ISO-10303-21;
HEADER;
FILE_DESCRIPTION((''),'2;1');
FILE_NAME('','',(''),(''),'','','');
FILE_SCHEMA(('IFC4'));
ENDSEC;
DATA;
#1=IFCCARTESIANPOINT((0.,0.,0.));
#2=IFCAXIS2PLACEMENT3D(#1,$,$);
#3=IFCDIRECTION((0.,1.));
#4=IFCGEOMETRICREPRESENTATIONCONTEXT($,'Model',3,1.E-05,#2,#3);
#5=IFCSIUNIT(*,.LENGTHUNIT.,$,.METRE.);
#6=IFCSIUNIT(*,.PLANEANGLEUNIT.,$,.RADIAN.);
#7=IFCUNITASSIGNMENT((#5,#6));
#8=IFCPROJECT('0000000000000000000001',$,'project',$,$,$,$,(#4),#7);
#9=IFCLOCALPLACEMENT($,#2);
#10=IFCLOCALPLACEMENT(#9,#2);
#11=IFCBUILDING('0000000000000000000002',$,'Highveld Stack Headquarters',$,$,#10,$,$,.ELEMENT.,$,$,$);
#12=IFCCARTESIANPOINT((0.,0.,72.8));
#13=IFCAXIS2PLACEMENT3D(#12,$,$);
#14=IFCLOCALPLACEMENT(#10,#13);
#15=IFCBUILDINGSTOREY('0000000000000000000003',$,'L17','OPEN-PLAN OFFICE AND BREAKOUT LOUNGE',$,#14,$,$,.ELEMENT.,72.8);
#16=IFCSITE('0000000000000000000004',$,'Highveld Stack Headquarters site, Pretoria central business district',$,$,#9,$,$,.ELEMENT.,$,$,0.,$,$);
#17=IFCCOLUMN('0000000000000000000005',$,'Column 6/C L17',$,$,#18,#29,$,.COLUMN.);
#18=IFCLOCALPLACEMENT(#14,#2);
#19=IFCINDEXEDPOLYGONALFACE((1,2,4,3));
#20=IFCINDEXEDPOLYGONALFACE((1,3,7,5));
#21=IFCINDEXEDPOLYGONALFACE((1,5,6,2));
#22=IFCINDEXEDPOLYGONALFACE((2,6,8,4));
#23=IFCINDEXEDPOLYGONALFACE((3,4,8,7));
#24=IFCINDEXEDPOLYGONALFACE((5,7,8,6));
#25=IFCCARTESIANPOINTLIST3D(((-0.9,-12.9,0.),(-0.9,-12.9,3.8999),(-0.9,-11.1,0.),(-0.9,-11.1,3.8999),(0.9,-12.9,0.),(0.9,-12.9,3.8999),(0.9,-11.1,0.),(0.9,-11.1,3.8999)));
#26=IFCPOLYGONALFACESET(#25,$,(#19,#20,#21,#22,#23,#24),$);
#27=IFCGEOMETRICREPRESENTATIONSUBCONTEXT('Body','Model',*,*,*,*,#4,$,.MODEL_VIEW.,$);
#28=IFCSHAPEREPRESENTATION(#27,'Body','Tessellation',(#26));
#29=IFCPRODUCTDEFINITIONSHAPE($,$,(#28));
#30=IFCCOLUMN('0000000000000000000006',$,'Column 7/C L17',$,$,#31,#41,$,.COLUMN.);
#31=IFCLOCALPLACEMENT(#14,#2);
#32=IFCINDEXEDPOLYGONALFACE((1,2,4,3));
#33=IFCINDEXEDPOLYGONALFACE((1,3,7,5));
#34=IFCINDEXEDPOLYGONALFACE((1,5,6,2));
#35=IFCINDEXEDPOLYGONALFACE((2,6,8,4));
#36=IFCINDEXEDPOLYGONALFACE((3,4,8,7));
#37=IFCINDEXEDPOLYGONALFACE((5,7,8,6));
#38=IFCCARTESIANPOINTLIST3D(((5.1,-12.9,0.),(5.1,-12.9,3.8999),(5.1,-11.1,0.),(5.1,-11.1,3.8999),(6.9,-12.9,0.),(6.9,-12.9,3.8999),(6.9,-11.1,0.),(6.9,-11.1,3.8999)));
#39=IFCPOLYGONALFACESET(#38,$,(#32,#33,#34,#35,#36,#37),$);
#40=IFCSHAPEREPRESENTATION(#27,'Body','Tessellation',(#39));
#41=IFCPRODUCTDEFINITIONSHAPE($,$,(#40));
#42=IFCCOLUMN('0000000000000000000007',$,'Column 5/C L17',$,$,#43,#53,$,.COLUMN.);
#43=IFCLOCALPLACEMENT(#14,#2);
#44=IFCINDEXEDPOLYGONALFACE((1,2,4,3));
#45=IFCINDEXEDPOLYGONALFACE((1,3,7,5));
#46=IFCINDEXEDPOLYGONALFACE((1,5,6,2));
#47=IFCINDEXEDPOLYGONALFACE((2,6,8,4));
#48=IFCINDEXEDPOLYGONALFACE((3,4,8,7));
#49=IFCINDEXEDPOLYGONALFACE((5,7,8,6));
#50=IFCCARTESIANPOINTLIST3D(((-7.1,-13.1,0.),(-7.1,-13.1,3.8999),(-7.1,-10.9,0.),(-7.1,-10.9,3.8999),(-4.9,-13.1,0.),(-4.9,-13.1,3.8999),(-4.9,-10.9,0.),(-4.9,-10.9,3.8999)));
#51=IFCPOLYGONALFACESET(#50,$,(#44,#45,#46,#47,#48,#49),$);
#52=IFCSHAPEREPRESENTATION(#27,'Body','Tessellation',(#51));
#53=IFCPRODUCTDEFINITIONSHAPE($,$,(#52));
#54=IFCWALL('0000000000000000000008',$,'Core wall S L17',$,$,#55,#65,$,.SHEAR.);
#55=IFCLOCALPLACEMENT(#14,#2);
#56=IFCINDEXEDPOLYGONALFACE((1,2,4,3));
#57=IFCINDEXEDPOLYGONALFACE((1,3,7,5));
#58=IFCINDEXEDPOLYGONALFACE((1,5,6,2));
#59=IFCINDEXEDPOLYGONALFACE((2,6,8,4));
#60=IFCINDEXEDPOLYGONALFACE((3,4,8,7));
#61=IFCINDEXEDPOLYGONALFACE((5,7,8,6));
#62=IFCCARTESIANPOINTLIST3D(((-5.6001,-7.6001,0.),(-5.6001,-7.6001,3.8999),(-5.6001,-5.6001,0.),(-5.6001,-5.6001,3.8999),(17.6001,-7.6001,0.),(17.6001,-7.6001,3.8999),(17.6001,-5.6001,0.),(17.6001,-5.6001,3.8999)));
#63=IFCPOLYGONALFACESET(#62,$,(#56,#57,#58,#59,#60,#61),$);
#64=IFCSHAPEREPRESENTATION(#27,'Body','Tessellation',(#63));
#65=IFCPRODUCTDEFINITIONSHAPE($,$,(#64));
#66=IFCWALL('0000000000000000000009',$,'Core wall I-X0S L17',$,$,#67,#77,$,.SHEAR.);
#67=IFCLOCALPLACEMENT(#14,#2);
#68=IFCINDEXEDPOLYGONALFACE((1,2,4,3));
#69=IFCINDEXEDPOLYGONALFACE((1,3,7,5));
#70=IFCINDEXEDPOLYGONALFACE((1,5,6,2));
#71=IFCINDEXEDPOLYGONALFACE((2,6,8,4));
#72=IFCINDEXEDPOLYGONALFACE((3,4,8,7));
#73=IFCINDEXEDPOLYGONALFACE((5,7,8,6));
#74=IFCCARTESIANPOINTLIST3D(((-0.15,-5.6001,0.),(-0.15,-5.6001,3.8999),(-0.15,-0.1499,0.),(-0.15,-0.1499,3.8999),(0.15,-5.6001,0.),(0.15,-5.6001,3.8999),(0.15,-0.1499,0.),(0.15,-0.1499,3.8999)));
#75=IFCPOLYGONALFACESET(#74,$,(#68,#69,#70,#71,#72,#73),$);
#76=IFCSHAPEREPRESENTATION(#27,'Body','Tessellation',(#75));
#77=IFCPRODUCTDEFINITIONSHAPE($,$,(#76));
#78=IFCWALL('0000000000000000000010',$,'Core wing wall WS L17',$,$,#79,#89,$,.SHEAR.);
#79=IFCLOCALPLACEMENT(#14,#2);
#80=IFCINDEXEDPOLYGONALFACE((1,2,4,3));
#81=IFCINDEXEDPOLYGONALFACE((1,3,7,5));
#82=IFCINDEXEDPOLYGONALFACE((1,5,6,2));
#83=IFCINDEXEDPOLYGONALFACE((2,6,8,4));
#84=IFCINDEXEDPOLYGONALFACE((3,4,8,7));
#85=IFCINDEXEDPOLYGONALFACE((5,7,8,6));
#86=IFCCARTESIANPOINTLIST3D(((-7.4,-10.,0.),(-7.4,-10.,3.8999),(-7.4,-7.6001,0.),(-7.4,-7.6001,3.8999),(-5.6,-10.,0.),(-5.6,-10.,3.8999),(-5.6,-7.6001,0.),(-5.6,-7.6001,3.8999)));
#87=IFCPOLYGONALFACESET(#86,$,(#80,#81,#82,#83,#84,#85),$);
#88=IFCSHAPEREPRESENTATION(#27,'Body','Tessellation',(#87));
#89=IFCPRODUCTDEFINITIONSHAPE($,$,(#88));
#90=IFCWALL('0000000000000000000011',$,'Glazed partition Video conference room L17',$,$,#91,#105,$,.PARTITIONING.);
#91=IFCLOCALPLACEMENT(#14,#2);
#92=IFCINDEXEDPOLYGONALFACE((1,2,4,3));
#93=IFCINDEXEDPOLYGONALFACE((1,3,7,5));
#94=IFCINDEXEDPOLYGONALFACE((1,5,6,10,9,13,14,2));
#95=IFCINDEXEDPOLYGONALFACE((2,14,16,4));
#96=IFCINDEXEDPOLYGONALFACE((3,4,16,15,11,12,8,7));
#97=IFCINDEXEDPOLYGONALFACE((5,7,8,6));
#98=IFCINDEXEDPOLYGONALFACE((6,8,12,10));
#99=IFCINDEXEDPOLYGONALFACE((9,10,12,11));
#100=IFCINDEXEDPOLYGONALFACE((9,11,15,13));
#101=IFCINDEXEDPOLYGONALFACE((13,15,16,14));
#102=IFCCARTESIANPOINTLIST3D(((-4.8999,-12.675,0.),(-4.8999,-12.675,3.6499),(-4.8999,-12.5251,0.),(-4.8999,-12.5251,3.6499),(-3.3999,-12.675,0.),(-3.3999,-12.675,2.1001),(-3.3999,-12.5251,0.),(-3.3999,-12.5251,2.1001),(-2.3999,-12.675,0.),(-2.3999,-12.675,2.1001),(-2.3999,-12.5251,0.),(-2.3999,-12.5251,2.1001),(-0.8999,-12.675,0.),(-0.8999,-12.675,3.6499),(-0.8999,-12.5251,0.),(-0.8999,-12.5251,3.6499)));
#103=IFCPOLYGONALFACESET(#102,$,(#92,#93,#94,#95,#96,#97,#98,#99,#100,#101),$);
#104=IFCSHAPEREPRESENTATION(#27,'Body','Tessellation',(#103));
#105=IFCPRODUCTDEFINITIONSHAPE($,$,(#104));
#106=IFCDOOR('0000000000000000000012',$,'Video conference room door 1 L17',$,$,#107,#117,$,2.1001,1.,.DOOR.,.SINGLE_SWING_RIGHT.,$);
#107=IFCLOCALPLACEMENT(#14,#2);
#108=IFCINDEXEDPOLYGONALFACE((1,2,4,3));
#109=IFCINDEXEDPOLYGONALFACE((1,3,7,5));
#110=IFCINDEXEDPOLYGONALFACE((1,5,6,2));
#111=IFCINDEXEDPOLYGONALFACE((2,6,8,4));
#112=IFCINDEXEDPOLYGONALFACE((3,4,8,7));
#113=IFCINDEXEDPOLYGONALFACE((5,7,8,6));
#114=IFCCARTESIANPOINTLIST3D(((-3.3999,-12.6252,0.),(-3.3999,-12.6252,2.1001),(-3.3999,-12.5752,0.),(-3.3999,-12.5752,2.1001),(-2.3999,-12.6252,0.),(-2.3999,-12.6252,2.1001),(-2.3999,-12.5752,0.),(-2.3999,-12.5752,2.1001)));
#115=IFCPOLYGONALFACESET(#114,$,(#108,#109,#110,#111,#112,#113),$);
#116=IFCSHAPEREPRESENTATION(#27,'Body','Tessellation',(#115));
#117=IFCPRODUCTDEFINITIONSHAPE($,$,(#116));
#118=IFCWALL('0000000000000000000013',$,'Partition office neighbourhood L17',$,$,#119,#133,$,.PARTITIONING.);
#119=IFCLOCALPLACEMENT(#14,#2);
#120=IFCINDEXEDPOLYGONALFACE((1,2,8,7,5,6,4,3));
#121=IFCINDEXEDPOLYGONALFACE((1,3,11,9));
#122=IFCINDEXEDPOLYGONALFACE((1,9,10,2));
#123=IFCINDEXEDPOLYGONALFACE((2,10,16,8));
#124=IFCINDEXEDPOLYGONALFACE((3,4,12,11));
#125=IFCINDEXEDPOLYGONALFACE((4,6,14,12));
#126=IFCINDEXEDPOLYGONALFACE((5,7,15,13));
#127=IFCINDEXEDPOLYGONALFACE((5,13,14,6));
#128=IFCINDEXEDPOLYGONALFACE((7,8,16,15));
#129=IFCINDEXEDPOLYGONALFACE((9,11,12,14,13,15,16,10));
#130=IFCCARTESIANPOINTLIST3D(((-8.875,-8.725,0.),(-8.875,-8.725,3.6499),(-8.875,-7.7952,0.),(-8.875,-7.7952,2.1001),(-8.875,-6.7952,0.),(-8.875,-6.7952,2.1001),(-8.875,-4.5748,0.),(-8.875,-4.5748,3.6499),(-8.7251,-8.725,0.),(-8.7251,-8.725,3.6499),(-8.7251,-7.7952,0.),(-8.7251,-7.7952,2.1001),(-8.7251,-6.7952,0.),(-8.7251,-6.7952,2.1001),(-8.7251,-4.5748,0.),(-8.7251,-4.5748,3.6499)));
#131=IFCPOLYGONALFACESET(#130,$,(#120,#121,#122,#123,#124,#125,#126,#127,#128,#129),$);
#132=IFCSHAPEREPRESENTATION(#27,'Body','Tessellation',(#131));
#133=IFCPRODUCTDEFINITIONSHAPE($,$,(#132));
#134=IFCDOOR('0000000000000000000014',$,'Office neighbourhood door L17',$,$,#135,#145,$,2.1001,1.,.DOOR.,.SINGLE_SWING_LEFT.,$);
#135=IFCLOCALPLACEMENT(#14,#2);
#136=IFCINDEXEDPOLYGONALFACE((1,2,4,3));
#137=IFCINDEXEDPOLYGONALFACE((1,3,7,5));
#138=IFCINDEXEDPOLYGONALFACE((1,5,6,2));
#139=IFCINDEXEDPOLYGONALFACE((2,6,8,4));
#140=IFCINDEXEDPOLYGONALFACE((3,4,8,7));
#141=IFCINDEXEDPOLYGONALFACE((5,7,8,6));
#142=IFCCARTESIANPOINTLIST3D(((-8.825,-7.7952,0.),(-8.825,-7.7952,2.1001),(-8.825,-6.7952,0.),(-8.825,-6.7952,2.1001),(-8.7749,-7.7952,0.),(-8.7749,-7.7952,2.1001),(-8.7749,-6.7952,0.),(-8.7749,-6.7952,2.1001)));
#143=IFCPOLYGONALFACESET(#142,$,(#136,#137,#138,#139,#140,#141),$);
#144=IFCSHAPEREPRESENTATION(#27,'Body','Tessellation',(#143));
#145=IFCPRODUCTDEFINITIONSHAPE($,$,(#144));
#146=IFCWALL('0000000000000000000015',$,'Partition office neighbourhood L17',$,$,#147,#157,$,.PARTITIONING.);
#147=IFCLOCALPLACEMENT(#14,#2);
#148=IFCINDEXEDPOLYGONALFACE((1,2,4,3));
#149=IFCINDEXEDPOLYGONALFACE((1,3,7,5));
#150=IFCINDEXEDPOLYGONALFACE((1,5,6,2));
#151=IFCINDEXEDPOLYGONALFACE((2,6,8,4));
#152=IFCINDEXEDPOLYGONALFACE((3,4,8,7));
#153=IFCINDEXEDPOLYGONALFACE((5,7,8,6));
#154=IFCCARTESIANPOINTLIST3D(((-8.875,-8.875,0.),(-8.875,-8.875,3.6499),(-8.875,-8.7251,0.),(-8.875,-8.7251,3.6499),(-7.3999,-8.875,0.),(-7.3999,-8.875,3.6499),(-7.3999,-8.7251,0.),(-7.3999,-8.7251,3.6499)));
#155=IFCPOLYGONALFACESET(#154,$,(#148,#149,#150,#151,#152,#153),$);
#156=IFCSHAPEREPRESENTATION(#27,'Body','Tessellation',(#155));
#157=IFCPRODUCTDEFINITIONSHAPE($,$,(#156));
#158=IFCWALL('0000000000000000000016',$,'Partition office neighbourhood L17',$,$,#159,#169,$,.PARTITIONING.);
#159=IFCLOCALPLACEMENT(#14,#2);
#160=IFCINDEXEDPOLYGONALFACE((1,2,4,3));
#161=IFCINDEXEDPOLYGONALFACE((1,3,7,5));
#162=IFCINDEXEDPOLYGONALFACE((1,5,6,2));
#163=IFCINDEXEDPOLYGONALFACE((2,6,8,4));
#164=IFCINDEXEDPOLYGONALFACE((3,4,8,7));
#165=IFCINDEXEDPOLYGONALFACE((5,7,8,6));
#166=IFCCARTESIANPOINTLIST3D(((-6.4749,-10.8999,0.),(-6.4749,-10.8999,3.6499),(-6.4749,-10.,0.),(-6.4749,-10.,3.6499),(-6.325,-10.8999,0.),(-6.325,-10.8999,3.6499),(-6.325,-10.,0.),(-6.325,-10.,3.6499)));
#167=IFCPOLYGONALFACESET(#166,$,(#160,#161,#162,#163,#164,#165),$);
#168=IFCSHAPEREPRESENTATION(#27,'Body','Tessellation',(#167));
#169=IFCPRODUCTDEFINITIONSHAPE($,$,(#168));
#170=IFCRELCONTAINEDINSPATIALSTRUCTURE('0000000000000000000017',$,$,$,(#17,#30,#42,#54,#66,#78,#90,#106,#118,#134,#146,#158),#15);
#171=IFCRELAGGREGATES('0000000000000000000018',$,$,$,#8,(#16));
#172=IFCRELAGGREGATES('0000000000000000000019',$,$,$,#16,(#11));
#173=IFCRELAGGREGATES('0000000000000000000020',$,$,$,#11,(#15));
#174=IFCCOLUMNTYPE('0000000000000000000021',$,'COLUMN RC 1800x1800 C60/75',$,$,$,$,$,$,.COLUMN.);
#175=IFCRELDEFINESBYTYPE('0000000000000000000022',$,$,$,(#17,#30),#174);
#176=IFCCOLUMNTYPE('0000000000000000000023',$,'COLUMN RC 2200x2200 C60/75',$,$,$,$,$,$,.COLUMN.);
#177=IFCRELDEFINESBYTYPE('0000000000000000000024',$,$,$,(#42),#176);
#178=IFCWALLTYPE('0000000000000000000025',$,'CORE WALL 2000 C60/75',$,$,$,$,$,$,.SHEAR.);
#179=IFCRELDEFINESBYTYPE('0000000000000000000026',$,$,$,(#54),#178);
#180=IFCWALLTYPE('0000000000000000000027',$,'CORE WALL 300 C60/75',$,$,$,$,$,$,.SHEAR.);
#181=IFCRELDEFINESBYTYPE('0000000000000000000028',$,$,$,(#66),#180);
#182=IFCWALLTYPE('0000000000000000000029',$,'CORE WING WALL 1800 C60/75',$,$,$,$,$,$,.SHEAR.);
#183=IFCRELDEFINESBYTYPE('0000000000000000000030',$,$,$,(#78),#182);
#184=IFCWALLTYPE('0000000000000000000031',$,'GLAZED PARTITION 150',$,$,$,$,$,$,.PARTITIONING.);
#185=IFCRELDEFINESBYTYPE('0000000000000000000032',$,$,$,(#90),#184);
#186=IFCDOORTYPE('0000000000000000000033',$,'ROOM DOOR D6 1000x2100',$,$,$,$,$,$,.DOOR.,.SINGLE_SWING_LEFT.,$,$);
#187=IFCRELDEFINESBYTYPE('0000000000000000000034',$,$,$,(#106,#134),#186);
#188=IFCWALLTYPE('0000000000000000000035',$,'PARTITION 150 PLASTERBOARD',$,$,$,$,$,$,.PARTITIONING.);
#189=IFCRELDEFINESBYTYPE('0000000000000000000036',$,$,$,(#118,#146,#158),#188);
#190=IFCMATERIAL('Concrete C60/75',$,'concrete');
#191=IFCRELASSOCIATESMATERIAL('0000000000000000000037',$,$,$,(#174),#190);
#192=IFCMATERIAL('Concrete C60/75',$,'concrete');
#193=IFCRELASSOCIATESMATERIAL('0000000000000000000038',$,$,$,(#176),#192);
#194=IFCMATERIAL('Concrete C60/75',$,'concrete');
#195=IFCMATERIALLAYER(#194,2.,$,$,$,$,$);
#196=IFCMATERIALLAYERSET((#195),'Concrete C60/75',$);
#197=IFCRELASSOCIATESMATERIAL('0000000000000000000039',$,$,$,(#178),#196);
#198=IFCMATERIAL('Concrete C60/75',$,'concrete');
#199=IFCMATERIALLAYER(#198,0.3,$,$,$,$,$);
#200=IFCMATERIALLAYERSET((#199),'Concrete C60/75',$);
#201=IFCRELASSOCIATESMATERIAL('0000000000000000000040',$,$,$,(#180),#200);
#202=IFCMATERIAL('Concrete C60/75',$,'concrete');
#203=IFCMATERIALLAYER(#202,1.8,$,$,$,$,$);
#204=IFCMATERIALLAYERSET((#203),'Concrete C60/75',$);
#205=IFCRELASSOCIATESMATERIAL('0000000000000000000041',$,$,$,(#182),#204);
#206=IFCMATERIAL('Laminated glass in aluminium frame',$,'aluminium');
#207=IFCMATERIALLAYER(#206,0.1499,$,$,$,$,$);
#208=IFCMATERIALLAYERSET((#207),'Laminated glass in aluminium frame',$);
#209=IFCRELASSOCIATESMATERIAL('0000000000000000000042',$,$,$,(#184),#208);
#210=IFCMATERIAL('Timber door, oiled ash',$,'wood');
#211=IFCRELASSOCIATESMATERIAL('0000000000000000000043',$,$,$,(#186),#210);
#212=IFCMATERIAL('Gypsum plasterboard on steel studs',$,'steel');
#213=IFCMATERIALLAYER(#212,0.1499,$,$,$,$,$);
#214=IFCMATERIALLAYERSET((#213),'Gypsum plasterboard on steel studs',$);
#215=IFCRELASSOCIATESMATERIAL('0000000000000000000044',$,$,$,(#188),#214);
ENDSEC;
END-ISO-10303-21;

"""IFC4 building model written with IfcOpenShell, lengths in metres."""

from ifc_helpers import new_model, si_unit, direction, frame, frame_2d, origin, origin_2d, place, context, subcontext, project, spatial, rectangle, extrude, material, layer, layer_set, material_profile, profile_set, type_object, element, fill, save


model = new_model("IFC4")

# Units and contexts
model_context = context("Model", 3, precision=1e-05, world=origin(), true_north=direction((0.0, 1.0)))
body_context = subcontext(model_context, "Body", "Model", "MODEL_VIEW")
ifc_project = project(units=[si_unit("LENGTHUNIT", "METRE"), si_unit("PLANEANGLEUNIT", "RADIAN")], contexts=[model_context])

# Site, building, storey
site_placement = place(None, origin())
site = spatial("IfcSite", under=ifc_project, at=site_placement, Name="Highveld Stack Headquarters site, Pretoria central business district", CompositionType="ELEMENT", RefElevation=0.0)
building_placement = place(site_placement, origin())
building = spatial("IfcBuilding", under=site, at=building_placement, Name="Highveld Stack Headquarters", CompositionType="ELEMENT")
storey_placement = place(building_placement, frame((0.0, 0.0, 72.8)))
storey = spatial("IfcBuildingStorey", under=building, at=storey_placement, Name="L17", Description="OPEN-PLAN OFFICE AND BREAKOUT LOUNGE", CompositionType="ELEMENT", Elevation=72.8)

# Columns
ifc_material_1 = material(Name="Concrete C60/75", Category="concrete")
ifc_material_profile_1 = material_profile(ifc_material_1, rectangle(XDim=1.8, YDim=1.8, at=origin_2d()), Name="RC 1800x1800")
ifc_profile_set_1 = profile_set([ifc_material_profile_1], Name="Concrete C60/75")
column_type_1 = type_object("IfcColumnType", Name="COLUMN RC 1800x1800 C60/75", PredefinedType="COLUMN", material=ifc_profile_set_1)
for number, where, z_axis, x_axis, name in (
    (1, (0.0, -12.0, 0.0), (0.0, 0.0, 1.0), (1.0, 0.0, 0.0), "Column 6/C L17"),
    (2, (6.0, -12.0, 0.0), (0.0, 0.0, 1.0), (1.0, 0.0, 0.0), "Column 7/C L17"),
):
    element("IfcColumn", number, at=place(storey_placement, frame(where, z_axis=z_axis, x_axis=x_axis)), inside=storey, type_object=column_type_1, Name=name, PredefinedType="COLUMN", context=body_context, shape_type="SweptSolid", body=[
        extrude(rectangle(XDim=1.8, YDim=1.8, at=origin_2d()), origin(), (0.0, 0.0, 1.0), 3.8999),
    ])
ifc_material_2 = material(Name="Concrete C60/75", Category="concrete")
ifc_material_profile_2 = material_profile(ifc_material_2, rectangle(XDim=2.2, YDim=2.2, at=origin_2d()), Name="RC 2200x2200")
ifc_profile_set_2 = profile_set([ifc_material_profile_2], Name="Concrete C60/75")
column_type_2 = type_object("IfcColumnType", Name="COLUMN RC 2200x2200 C60/75", PredefinedType="COLUMN", material=ifc_profile_set_2)
column_placement = place(storey_placement, frame((-6.0, -12.0, 0.0), z_axis=(0.0, 0.0, 1.0), x_axis=(1.0, 0.0, 0.0)))
element("IfcColumn", 3, at=column_placement, inside=storey, type_object=column_type_2, Name="Column 5/C L17", PredefinedType="COLUMN", context=body_context, shape_type="SweptSolid", body=[
    extrude(rectangle(XDim=2.2, YDim=2.2, at=origin_2d()), origin(), (0.0, 0.0, 1.0), 3.8999),
])

# Walls
ifc_material_3 = material(Name="Concrete C60/75", Category="concrete")
ifc_layer_1 = layer(ifc_material_3, 2.0)
ifc_layer_set_1 = layer_set([ifc_layer_1], Name="Concrete C60/75")
wall_type_1 = type_object("IfcWallType", Name="CORE WALL 2000 C60/75", PredefinedType="SHEAR", material=ifc_layer_set_1)
wall_1_placement = place(storey_placement, frame((-5.6001, -6.6001, 0.0), z_axis=(0.0, 0.0, 1.0), x_axis=(1.0, 0.0, 0.0)))
element("IfcWall", 4, at=wall_1_placement, inside=storey, type_object=wall_type_1, Name="Core wall S L17", PredefinedType="SHEAR", context=body_context, shape_type="SweptSolid", body=[
    extrude(rectangle(XDim=23.2002, YDim=2.0, at=frame_2d((11.6001, 0.0))), origin(), (0.0, 0.0, 1.0), 3.8999),
])
ifc_material_4 = material(Name="Concrete C60/75", Category="concrete")
ifc_layer_2 = layer(ifc_material_4, 0.3)
ifc_layer_set_2 = layer_set([ifc_layer_2], Name="Concrete C60/75")
wall_type_2 = type_object("IfcWallType", Name="CORE WALL 300 C60/75", PredefinedType="SHEAR", material=ifc_layer_set_2)
wall_2_placement = place(storey_placement, frame((0.0, -5.6001, 0.0), z_axis=(0.0, 0.0, 1.0), x_axis=(0.0, 1.0, 0.0)))
element("IfcWall", 5, at=wall_2_placement, inside=storey, type_object=wall_type_2, Name="Core wall I-X0S L17", PredefinedType="SHEAR", context=body_context, shape_type="SweptSolid", body=[
    extrude(rectangle(XDim=5.4502, YDim=0.3, at=frame_2d((2.7251, 0.0))), origin(), (0.0, 0.0, 1.0), 3.8999),
])
ifc_material_5 = material(Name="Concrete C60/75", Category="concrete")
ifc_layer_3 = layer(ifc_material_5, 1.8)
ifc_layer_set_3 = layer_set([ifc_layer_3], Name="Concrete C60/75")
wall_type_3 = type_object("IfcWallType", Name="CORE WING WALL 1800 C60/75", PredefinedType="SHEAR", material=ifc_layer_set_3)
wall_3_placement = place(storey_placement, frame((-6.5, -10.0, 0.0), z_axis=(0.0, 0.0, 1.0), x_axis=(0.0, 1.0, 0.0)))
element("IfcWall", 6, at=wall_3_placement, inside=storey, type_object=wall_type_3, Name="Core wing wall WS L17", PredefinedType="SHEAR", context=body_context, shape_type="SweptSolid", body=[
    extrude(rectangle(XDim=2.3999, YDim=1.8, at=frame_2d((1.2, 0.0))), origin(), (0.0, 0.0, 1.0), 3.8999),
])

# Walls, openings, doors
ifc_material_6 = material(Name="Laminated glass in aluminium frame", Category="aluminium")
ifc_layer_4 = layer(ifc_material_6, 0.1499)
ifc_layer_set_4 = layer_set([ifc_layer_4], Name="Laminated glass in aluminium frame")
wall_type_4 = type_object("IfcWallType", Name="GLAZED PARTITION 150", PredefinedType="PARTITIONING", material=ifc_layer_set_4)
wall_4_placement = place(storey_placement, frame((-4.8999, -12.6001, 0.0), z_axis=(0.0, 0.0, 1.0), x_axis=(1.0, 0.0, 0.0)))
wall_4 = element("IfcWall", 7, at=wall_4_placement, inside=storey, type_object=wall_type_4, Name="Glazed partition Video conference room L17", PredefinedType="PARTITIONING", context=body_context, shape_type="SweptSolid", body=[
    extrude(rectangle(XDim=4.0, YDim=0.1499, at=frame_2d((2.0, 0.0))), origin(), (0.0, 0.0, 1.0), 3.6499),
])
opening_1_placement = place(wall_4_placement, frame((1.5, 0.0, 0.0)))
opening_1 = element("IfcOpeningElement", 8, at=opening_1_placement, cuts=wall_4, PredefinedType="OPENING", context=body_context, shape_type="SweptSolid", body=[
    extrude(rectangle(XDim=1.0, YDim=2.1001, at=frame_2d((0.5, 1.05))), frame((0.0, 0.085, 0.0), z_axis=(0.0, -1.0, 0.0), x_axis=(1.0, 0.0, 0.0)), (0.0, 0.0, 1.0), 0.1699),
])
ifc_material_7 = material(Name="Timber door, oiled ash", Category="wood")
door_type_1 = type_object("IfcDoorType", Name="ROOM DOOR D6 1000x2100", OperationType="SINGLE_SWING_LEFT", PredefinedType="DOOR", material=ifc_material_7)
door_1_placement = place(opening_1_placement, origin())
door_1 = element("IfcDoor", 9, at=door_1_placement, inside=storey, type_object=door_type_1, Name="Video conference room door 1 L17", OperationType="SINGLE_SWING_RIGHT", OverallHeight=2.1001, OverallWidth=1.0, PredefinedType="DOOR", context=body_context, shape_type="SweptSolid", body=[
    extrude(rectangle(XDim=1.0, YDim=2.1001, at=frame_2d((0.5, 1.05))), frame((0.0, 0.0249, 0.0), z_axis=(0.0, -1.0, 0.0), x_axis=(1.0, 0.0, 0.0)), (0.0, 0.0, 1.0), 0.05),
])
fill(opening_1, door_1)
ifc_material_8 = material(Name="Gypsum plasterboard on steel studs", Category="steel")
ifc_layer_5 = layer(ifc_material_8, 0.1499)
ifc_layer_set_5 = layer_set([ifc_layer_5], Name="Gypsum plasterboard on steel studs")
wall_type_5 = type_object("IfcWallType", Name="PARTITION 150 PLASTERBOARD", PredefinedType="PARTITIONING", material=ifc_layer_set_5)
wall_5_placement = place(storey_placement, frame((-8.8, -8.7251, 0.0), z_axis=(0.0, 0.0, 1.0), x_axis=(0.0, 1.0, 0.0)))
wall_5 = element("IfcWall", 10, at=wall_5_placement, inside=storey, type_object=wall_type_5, Name="Partition office neighbourhood L17", PredefinedType="PARTITIONING", context=body_context, shape_type="SweptSolid", body=[
    extrude(rectangle(XDim=4.1501, YDim=0.1499, at=frame_2d((2.0752, 0.0))), origin(), (0.0, 0.0, 1.0), 3.6499),
])
opening_2_placement = place(wall_5_placement, frame((0.9299, 0.0, 0.0)))
opening_2 = element("IfcOpeningElement", 11, at=opening_2_placement, cuts=wall_5, PredefinedType="OPENING", context=body_context, shape_type="SweptSolid", body=[
    extrude(rectangle(XDim=1.0, YDim=2.1001, at=frame_2d((0.5, 1.05))), frame((0.0, 0.085, 0.0), z_axis=(0.0, -1.0, 0.0), x_axis=(1.0, 0.0, 0.0)), (0.0, 0.0, 1.0), 0.1699),
])
door_2_placement = place(opening_2_placement, origin())
door_2 = element("IfcDoor", 12, at=door_2_placement, inside=storey, type_object=door_type_1, Name="Office neighbourhood door L17", OperationType="SINGLE_SWING_LEFT", OverallHeight=2.1001, OverallWidth=1.0, PredefinedType="DOOR", context=body_context, shape_type="SweptSolid", body=[
    extrude(rectangle(XDim=1.0, YDim=2.1001, at=frame_2d((0.5, 1.05))), frame((0.0, 0.0249, 0.0), z_axis=(0.0, -1.0, 0.0), x_axis=(1.0, 0.0, 0.0)), (0.0, 0.0, 1.0), 0.05),
])
fill(opening_2, door_2)

# Walls
wall_6_placement = place(storey_placement, frame((-8.875, -8.8, 0.0), z_axis=(0.0, 0.0, 1.0), x_axis=(1.0, 0.0, 0.0)))
element("IfcWall", 13, at=wall_6_placement, inside=storey, type_object=wall_type_5, Name="Partition office neighbourhood L17", PredefinedType="PARTITIONING", context=body_context, shape_type="SweptSolid", body=[
    extrude(rectangle(XDim=1.4751, YDim=0.1499, at=frame_2d((0.7375, 0.0))), origin(), (0.0, 0.0, 1.0), 3.6499),
])
wall_7_placement = place(storey_placement, frame((-6.3999, -10.8999, 0.0), z_axis=(0.0, 0.0, 1.0), x_axis=(0.0, 1.0, 0.0)))
element("IfcWall", 14, at=wall_7_placement, inside=storey, type_object=wall_type_5, Name="Partition office neighbourhood L17", PredefinedType="PARTITIONING", context=body_context, shape_type="SweptSolid", body=[
    extrude(rectangle(XDim=0.8999, YDim=0.1499, at=frame_2d((0.45, 0.0))), origin(), (0.0, 0.0, 1.0), 3.6499),
])

save(model, "model.ifc")
